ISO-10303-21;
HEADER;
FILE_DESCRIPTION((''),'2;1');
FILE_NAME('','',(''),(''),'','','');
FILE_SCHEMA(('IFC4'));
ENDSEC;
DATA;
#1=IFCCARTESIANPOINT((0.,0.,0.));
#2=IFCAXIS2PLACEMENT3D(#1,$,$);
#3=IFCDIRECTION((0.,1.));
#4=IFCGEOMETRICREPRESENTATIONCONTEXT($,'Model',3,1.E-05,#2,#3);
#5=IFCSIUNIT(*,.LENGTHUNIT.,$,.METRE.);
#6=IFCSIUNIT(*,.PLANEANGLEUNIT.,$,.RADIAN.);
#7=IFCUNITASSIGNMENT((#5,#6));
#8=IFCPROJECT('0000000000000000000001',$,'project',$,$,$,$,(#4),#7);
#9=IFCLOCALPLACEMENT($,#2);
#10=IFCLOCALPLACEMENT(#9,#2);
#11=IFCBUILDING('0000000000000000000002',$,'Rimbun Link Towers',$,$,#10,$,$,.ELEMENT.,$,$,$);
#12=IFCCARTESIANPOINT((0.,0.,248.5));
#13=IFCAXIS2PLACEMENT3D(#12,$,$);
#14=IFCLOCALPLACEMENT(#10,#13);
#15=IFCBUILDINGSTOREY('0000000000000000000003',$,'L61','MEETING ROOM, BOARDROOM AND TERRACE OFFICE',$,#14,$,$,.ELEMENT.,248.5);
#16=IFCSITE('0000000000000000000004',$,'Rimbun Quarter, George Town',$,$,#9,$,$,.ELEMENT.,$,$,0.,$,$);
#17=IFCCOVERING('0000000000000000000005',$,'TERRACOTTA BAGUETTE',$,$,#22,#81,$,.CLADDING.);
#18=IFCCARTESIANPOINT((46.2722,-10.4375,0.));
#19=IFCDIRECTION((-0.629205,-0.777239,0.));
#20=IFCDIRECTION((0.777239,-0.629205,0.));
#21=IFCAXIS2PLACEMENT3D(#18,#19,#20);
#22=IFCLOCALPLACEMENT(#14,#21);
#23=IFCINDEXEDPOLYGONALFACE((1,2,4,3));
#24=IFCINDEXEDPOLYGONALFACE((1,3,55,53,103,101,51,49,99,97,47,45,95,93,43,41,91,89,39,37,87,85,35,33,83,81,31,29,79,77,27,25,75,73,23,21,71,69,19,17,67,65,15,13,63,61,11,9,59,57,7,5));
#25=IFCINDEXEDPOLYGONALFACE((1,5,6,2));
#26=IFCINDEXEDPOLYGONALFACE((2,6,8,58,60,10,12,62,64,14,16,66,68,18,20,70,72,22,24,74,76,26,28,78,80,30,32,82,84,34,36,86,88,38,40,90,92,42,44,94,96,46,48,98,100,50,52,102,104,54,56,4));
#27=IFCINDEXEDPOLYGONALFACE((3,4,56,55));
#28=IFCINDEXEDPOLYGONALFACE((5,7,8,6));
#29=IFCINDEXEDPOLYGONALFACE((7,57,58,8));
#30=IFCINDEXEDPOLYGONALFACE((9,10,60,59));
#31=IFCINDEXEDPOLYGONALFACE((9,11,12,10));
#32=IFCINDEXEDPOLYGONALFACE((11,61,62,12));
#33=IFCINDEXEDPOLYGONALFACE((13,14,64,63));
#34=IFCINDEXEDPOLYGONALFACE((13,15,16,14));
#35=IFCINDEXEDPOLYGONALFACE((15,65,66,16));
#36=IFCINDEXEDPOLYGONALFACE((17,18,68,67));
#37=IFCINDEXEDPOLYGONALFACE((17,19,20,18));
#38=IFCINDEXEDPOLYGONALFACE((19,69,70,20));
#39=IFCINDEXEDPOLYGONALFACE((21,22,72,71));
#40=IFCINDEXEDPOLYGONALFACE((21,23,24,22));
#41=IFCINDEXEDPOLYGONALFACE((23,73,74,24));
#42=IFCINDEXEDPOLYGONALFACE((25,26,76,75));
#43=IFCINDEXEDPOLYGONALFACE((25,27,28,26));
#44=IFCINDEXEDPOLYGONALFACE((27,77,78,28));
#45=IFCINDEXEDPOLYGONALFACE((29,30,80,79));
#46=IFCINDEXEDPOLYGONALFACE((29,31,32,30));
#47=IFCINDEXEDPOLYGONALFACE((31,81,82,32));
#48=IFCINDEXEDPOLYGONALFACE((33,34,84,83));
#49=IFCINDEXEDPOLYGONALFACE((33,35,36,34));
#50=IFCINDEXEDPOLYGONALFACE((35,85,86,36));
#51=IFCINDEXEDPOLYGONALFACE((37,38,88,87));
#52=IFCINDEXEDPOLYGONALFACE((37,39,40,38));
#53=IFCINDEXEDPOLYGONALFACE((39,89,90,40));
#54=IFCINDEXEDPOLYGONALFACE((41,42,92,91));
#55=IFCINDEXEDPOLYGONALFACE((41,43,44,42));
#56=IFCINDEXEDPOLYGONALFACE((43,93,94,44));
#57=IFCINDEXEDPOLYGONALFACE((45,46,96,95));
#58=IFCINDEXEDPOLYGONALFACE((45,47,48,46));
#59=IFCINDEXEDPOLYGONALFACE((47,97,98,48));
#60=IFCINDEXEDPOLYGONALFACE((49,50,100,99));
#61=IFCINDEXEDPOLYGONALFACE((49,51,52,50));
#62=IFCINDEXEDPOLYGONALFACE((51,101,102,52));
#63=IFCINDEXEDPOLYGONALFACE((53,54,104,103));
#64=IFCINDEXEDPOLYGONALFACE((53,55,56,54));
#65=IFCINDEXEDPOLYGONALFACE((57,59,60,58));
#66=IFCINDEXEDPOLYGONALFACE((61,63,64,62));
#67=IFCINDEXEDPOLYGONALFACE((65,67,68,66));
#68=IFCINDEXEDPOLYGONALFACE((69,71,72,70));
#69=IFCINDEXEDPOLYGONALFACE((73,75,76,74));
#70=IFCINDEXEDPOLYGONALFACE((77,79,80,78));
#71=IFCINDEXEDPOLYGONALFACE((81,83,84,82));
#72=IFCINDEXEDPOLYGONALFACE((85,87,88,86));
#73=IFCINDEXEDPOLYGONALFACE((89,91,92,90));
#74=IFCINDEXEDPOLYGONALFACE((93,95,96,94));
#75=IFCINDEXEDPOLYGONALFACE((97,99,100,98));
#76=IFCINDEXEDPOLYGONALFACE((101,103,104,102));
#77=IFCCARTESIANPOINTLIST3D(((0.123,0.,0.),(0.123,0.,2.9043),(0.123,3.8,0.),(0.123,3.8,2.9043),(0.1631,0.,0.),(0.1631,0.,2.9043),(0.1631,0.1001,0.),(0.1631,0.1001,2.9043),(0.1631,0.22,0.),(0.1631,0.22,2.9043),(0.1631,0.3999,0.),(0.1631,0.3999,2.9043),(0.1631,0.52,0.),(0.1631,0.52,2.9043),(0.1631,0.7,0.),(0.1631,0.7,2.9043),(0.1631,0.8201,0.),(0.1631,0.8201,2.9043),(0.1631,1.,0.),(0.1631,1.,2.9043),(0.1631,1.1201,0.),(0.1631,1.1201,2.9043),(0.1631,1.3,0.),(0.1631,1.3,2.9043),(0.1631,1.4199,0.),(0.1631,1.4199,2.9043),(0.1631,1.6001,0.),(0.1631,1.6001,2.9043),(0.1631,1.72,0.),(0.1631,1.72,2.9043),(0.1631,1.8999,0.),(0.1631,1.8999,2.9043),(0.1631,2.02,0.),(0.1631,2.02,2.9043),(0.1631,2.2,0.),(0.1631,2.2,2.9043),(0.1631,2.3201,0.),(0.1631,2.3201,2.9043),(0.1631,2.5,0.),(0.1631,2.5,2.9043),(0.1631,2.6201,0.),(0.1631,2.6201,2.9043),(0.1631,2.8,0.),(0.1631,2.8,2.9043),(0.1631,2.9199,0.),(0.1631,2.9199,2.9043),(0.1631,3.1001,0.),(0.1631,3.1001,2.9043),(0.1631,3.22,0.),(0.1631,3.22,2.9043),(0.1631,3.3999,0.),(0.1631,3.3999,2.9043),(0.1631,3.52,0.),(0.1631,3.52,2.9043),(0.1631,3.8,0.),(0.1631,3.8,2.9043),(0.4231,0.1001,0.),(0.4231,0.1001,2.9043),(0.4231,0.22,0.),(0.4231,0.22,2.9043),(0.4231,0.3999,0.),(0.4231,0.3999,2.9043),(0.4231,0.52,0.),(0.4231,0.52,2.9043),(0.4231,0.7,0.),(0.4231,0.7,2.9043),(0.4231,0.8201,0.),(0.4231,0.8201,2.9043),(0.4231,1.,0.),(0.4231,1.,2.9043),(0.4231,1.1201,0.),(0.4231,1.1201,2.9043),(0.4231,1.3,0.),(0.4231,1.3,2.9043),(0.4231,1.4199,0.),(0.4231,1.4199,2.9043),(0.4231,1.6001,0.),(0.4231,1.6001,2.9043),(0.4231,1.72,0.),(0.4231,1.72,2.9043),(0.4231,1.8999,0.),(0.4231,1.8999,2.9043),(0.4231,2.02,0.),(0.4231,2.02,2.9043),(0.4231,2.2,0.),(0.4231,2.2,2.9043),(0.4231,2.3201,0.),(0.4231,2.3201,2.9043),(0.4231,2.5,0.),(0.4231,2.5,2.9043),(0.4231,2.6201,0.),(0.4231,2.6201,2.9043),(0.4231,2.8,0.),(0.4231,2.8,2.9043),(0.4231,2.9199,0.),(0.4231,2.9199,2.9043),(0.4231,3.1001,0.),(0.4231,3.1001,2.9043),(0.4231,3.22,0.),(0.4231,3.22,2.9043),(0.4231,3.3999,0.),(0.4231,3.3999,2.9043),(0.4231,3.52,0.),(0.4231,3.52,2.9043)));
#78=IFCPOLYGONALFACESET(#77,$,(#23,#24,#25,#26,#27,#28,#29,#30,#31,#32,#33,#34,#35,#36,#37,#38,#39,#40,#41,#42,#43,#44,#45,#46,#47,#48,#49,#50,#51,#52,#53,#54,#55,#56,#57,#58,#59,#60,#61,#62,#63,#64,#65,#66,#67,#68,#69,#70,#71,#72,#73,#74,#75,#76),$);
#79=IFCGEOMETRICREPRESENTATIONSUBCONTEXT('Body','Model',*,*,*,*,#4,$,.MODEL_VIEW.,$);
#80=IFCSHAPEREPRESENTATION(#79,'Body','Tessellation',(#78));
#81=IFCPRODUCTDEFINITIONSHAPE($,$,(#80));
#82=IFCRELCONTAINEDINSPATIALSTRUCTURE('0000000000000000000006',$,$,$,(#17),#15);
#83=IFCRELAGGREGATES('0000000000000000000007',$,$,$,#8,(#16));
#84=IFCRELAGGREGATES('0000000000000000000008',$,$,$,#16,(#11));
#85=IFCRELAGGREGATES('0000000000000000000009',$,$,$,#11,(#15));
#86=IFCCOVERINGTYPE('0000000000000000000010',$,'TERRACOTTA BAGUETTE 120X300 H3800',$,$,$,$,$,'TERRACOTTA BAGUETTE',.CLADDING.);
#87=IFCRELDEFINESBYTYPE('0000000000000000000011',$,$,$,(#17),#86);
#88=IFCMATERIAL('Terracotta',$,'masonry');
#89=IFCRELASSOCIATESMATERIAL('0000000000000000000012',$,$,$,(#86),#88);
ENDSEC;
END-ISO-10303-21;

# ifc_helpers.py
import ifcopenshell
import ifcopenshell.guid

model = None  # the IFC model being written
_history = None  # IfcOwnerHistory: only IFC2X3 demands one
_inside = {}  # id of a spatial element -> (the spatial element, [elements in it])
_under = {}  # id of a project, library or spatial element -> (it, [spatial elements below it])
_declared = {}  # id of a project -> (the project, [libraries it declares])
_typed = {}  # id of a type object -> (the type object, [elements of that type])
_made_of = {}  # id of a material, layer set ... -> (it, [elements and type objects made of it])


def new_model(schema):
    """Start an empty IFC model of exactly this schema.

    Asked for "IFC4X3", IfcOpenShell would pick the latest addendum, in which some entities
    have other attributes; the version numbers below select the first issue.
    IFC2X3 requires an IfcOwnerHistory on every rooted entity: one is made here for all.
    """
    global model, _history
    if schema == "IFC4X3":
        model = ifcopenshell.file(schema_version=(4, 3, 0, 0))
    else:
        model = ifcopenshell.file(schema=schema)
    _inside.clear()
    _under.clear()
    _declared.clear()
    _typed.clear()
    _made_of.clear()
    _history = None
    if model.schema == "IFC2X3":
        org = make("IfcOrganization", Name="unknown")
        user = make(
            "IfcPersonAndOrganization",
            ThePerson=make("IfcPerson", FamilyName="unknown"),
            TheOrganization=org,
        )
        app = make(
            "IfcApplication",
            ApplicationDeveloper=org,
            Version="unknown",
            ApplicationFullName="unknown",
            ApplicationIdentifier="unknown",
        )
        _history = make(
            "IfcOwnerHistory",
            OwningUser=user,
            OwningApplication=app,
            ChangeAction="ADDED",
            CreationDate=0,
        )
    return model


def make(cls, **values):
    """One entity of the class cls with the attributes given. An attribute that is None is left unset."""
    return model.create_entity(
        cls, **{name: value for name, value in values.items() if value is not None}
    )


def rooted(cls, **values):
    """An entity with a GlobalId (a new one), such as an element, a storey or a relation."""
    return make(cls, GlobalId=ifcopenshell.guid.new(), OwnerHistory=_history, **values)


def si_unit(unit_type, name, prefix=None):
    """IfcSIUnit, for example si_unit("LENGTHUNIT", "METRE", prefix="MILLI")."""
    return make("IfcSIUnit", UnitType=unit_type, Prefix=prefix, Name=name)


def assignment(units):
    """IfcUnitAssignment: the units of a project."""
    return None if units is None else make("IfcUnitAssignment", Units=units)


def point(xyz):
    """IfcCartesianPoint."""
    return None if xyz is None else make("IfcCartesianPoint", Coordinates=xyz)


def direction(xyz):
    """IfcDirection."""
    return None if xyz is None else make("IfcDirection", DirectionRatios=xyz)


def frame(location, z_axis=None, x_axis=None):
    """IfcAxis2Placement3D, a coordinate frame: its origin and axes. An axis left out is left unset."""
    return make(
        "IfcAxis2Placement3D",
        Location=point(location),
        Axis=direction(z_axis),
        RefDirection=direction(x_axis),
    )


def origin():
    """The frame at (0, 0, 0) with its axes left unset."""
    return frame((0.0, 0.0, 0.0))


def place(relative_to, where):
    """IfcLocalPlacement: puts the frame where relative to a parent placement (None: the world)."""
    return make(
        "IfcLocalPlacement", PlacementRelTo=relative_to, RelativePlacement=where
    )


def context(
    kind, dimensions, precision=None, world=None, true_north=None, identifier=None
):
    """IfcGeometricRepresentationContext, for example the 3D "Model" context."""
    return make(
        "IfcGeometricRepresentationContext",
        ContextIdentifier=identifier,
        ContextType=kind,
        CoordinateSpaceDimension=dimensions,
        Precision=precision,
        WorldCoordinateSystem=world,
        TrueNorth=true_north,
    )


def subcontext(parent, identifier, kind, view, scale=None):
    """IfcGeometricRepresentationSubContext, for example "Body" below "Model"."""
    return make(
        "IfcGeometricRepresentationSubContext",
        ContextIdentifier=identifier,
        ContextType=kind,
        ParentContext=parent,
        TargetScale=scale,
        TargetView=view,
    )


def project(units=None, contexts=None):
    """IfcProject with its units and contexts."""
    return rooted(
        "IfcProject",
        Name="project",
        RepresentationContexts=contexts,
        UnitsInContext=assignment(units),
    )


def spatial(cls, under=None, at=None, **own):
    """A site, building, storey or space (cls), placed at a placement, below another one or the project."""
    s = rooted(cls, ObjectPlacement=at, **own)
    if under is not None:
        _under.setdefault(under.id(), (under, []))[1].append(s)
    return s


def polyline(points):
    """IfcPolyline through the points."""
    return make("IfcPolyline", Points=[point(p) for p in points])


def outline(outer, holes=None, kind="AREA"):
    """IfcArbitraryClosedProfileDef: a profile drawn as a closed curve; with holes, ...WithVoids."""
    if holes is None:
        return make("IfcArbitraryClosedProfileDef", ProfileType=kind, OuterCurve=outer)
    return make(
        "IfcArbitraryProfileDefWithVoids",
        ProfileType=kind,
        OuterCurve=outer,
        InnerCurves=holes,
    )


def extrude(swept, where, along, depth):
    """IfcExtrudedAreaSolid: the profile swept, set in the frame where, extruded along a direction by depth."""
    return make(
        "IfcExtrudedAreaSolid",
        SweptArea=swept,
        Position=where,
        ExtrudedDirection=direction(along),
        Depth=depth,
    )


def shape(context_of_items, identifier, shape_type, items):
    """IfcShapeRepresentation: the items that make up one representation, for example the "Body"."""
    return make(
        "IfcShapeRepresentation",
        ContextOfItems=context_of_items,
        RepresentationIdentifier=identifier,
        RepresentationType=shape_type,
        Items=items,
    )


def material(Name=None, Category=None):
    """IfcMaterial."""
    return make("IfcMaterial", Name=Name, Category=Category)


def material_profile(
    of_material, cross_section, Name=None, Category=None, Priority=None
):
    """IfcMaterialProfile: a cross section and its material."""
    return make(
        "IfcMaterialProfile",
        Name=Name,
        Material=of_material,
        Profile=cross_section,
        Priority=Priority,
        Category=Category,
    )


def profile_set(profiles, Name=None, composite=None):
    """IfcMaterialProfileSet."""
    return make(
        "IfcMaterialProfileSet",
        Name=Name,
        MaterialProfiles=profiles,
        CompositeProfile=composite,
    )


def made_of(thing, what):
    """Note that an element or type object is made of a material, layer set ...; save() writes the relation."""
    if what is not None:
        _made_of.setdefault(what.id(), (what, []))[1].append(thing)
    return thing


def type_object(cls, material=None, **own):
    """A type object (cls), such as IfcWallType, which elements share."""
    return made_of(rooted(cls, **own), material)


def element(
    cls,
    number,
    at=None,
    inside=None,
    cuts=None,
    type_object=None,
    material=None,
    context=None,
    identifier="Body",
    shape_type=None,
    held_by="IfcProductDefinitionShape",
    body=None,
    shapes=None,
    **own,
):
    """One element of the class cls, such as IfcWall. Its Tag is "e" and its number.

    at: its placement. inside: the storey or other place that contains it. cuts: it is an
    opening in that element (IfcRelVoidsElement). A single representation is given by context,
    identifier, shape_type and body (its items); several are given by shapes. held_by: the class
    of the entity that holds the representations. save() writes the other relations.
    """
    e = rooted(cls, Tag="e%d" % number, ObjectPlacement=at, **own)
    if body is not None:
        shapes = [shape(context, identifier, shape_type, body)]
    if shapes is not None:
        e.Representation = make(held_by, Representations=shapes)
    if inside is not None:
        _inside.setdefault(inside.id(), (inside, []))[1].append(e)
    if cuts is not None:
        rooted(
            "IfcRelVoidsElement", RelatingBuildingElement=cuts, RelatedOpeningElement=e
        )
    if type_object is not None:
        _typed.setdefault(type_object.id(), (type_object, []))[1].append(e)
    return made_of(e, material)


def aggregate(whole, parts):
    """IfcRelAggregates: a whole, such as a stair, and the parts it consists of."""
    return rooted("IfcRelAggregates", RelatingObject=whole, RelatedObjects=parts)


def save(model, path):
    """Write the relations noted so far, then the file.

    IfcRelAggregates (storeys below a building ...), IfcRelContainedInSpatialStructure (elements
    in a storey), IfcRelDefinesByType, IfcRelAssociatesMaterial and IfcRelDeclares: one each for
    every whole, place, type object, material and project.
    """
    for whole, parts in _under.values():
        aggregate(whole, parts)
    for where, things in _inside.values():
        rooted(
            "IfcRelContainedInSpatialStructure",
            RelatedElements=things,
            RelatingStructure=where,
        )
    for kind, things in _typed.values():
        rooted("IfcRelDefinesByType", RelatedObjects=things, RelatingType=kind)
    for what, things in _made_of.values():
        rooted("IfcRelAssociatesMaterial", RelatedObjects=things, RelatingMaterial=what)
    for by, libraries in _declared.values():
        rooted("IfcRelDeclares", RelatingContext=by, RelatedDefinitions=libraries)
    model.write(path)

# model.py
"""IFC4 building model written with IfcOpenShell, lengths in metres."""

from ifc_helpers import new_model, si_unit, direction, frame, origin, place, context, subcontext, project, spatial, polyline, outline, extrude, material, material_profile, profile_set, type_object, element, save


model = new_model("IFC4")

# Units and contexts
model_context = context("Model", 3, precision=1e-05, world=origin(), true_north=direction((0.0, 1.0)))
body_context = subcontext(model_context, "Body", "Model", "MODEL_VIEW")
ifc_project = project(units=[si_unit("LENGTHUNIT", "METRE"), si_unit("PLANEANGLEUNIT", "RADIAN")], contexts=[model_context])

# Site, building, storey
site_placement = place(None, origin())
site = spatial("IfcSite", under=ifc_project, at=site_placement, Name="Rimbun Quarter, George Town", CompositionType="ELEMENT", RefElevation=0.0)
building_placement = place(site_placement, origin())
building = spatial("IfcBuilding", under=site, at=building_placement, Name="Rimbun Link Towers", CompositionType="ELEMENT")
storey_placement = place(building_placement, frame((0.0, 0.0, 248.5)))
storey = spatial("IfcBuildingStorey", under=building, at=storey_placement, Name="L61", Description="MEETING ROOM, BOARDROOM AND TERRACE OFFICE", CompositionType="ELEMENT", Elevation=248.5)

# Covering
ifc_material_1 = material(Name="Terracotta", Category="masonry")
ifc_material_profile_1 = material_profile(ifc_material_1, outline(polyline([(0.123, 0.0), (0.1631, 0.0), (0.1631, 0.1001), (0.4231, 0.1001), (0.4231, 0.22), (0.1631, 0.22), (0.1631, 0.3999), (0.4231, 0.3999), (0.4231, 0.52), (0.1631, 0.52), (0.1631, 0.7), (0.4231, 0.7), (0.4231, 0.8201), (0.1631, 0.8201), (0.1631, 1.0), (0.4231, 1.0), (0.4231, 1.1201), (0.1631, 1.1201), (0.1631, 1.3), (0.4231, 1.3), (0.4231, 1.4199), (0.1631, 1.4199), (0.1631, 1.6001), (0.4231, 1.6001), (0.4231, 1.72), (0.1631, 1.72), (0.1631, 1.8999), (0.4231, 1.8999), (0.4231, 2.02), (0.1631, 2.02), (0.1631, 2.2), (0.4231, 2.2), (0.4231, 2.3201), (0.1631, 2.3201), (0.1631, 2.5), (0.4231, 2.5), (0.4231, 2.6201), (0.1631, 2.6201), (0.1631, 2.8), (0.4231, 2.8), (0.4231, 2.9199), (0.1631, 2.9199), (0.1631, 3.1001), (0.4231, 3.1001), (0.4231, 3.22), (0.1631, 3.22), (0.1631, 3.3999), (0.4231, 3.3999), (0.4231, 3.52), (0.1631, 3.52), (0.1631, 3.8), (0.123, 3.8), (0.123, 0.0)])), Name="BAGUETTE 120X300")
ifc_profile_set_1 = profile_set([ifc_material_profile_1], Name="Terracotta")
covering_type = type_object("IfcCoveringType", Name="TERRACOTTA BAGUETTE 120X300 H3800", ElementType="TERRACOTTA BAGUETTE", PredefinedType="CLADDING", material=ifc_profile_set_1)
for number, where, z_axis, x_axis, name in (
    (1, (46.2722, -10.4375, 0.0), (-0.629205, -0.777239, 0.0), (0.777239, -0.629205, 0.0), "TERRACOTTA BAGUETTE"),
):
    element("IfcCovering", number, at=place(storey_placement, frame(where, z_axis=z_axis, x_axis=x_axis)), inside=storey, type_object=covering_type, Name=name, PredefinedType="CLADDING", context=body_context, shape_type="SweptSolid", body=[
        extrude(outline(polyline([(0.123, 0.0), (0.1631, 0.0), (0.1631, 0.1001), (0.4231, 0.1001), (0.4231, 0.22), (0.1631, 0.22), (0.1631, 0.3999), (0.4231, 0.3999), (0.4231, 0.52), (0.1631, 0.52), (0.1631, 0.7), (0.4231, 0.7), (0.4231, 0.8201), (0.1631, 0.8201), (0.1631, 1.0), (0.4231, 1.0), (0.4231, 1.1201), (0.1631, 1.1201), (0.1631, 1.3), (0.4231, 1.3), (0.4231, 1.4199), (0.1631, 1.4199), (0.1631, 1.6001), (0.4231, 1.6001), (0.4231, 1.72), (0.1631, 1.72), (0.1631, 1.8999), (0.4231, 1.8999), (0.4231, 2.02), (0.1631, 2.02), (0.1631, 2.2), (0.4231, 2.2), (0.4231, 2.3201), (0.1631, 2.3201), (0.1631, 2.5), (0.4231, 2.5), (0.4231, 2.6201), (0.1631, 2.6201), (0.1631, 2.8), (0.4231, 2.8), (0.4231, 2.9199), (0.1631, 2.9199), (0.1631, 3.1001), (0.4231, 3.1001), (0.4231, 3.22), (0.1631, 3.22), (0.1631, 3.3999), (0.4231, 3.3999), (0.4231, 3.52), (0.1631, 3.52), (0.1631, 3.8), (0.123, 3.8), (0.123, 0.0)])), origin(), (0.0, 0.0, 1.0), 2.9043),
    ])

save(model, "model.ifc")
